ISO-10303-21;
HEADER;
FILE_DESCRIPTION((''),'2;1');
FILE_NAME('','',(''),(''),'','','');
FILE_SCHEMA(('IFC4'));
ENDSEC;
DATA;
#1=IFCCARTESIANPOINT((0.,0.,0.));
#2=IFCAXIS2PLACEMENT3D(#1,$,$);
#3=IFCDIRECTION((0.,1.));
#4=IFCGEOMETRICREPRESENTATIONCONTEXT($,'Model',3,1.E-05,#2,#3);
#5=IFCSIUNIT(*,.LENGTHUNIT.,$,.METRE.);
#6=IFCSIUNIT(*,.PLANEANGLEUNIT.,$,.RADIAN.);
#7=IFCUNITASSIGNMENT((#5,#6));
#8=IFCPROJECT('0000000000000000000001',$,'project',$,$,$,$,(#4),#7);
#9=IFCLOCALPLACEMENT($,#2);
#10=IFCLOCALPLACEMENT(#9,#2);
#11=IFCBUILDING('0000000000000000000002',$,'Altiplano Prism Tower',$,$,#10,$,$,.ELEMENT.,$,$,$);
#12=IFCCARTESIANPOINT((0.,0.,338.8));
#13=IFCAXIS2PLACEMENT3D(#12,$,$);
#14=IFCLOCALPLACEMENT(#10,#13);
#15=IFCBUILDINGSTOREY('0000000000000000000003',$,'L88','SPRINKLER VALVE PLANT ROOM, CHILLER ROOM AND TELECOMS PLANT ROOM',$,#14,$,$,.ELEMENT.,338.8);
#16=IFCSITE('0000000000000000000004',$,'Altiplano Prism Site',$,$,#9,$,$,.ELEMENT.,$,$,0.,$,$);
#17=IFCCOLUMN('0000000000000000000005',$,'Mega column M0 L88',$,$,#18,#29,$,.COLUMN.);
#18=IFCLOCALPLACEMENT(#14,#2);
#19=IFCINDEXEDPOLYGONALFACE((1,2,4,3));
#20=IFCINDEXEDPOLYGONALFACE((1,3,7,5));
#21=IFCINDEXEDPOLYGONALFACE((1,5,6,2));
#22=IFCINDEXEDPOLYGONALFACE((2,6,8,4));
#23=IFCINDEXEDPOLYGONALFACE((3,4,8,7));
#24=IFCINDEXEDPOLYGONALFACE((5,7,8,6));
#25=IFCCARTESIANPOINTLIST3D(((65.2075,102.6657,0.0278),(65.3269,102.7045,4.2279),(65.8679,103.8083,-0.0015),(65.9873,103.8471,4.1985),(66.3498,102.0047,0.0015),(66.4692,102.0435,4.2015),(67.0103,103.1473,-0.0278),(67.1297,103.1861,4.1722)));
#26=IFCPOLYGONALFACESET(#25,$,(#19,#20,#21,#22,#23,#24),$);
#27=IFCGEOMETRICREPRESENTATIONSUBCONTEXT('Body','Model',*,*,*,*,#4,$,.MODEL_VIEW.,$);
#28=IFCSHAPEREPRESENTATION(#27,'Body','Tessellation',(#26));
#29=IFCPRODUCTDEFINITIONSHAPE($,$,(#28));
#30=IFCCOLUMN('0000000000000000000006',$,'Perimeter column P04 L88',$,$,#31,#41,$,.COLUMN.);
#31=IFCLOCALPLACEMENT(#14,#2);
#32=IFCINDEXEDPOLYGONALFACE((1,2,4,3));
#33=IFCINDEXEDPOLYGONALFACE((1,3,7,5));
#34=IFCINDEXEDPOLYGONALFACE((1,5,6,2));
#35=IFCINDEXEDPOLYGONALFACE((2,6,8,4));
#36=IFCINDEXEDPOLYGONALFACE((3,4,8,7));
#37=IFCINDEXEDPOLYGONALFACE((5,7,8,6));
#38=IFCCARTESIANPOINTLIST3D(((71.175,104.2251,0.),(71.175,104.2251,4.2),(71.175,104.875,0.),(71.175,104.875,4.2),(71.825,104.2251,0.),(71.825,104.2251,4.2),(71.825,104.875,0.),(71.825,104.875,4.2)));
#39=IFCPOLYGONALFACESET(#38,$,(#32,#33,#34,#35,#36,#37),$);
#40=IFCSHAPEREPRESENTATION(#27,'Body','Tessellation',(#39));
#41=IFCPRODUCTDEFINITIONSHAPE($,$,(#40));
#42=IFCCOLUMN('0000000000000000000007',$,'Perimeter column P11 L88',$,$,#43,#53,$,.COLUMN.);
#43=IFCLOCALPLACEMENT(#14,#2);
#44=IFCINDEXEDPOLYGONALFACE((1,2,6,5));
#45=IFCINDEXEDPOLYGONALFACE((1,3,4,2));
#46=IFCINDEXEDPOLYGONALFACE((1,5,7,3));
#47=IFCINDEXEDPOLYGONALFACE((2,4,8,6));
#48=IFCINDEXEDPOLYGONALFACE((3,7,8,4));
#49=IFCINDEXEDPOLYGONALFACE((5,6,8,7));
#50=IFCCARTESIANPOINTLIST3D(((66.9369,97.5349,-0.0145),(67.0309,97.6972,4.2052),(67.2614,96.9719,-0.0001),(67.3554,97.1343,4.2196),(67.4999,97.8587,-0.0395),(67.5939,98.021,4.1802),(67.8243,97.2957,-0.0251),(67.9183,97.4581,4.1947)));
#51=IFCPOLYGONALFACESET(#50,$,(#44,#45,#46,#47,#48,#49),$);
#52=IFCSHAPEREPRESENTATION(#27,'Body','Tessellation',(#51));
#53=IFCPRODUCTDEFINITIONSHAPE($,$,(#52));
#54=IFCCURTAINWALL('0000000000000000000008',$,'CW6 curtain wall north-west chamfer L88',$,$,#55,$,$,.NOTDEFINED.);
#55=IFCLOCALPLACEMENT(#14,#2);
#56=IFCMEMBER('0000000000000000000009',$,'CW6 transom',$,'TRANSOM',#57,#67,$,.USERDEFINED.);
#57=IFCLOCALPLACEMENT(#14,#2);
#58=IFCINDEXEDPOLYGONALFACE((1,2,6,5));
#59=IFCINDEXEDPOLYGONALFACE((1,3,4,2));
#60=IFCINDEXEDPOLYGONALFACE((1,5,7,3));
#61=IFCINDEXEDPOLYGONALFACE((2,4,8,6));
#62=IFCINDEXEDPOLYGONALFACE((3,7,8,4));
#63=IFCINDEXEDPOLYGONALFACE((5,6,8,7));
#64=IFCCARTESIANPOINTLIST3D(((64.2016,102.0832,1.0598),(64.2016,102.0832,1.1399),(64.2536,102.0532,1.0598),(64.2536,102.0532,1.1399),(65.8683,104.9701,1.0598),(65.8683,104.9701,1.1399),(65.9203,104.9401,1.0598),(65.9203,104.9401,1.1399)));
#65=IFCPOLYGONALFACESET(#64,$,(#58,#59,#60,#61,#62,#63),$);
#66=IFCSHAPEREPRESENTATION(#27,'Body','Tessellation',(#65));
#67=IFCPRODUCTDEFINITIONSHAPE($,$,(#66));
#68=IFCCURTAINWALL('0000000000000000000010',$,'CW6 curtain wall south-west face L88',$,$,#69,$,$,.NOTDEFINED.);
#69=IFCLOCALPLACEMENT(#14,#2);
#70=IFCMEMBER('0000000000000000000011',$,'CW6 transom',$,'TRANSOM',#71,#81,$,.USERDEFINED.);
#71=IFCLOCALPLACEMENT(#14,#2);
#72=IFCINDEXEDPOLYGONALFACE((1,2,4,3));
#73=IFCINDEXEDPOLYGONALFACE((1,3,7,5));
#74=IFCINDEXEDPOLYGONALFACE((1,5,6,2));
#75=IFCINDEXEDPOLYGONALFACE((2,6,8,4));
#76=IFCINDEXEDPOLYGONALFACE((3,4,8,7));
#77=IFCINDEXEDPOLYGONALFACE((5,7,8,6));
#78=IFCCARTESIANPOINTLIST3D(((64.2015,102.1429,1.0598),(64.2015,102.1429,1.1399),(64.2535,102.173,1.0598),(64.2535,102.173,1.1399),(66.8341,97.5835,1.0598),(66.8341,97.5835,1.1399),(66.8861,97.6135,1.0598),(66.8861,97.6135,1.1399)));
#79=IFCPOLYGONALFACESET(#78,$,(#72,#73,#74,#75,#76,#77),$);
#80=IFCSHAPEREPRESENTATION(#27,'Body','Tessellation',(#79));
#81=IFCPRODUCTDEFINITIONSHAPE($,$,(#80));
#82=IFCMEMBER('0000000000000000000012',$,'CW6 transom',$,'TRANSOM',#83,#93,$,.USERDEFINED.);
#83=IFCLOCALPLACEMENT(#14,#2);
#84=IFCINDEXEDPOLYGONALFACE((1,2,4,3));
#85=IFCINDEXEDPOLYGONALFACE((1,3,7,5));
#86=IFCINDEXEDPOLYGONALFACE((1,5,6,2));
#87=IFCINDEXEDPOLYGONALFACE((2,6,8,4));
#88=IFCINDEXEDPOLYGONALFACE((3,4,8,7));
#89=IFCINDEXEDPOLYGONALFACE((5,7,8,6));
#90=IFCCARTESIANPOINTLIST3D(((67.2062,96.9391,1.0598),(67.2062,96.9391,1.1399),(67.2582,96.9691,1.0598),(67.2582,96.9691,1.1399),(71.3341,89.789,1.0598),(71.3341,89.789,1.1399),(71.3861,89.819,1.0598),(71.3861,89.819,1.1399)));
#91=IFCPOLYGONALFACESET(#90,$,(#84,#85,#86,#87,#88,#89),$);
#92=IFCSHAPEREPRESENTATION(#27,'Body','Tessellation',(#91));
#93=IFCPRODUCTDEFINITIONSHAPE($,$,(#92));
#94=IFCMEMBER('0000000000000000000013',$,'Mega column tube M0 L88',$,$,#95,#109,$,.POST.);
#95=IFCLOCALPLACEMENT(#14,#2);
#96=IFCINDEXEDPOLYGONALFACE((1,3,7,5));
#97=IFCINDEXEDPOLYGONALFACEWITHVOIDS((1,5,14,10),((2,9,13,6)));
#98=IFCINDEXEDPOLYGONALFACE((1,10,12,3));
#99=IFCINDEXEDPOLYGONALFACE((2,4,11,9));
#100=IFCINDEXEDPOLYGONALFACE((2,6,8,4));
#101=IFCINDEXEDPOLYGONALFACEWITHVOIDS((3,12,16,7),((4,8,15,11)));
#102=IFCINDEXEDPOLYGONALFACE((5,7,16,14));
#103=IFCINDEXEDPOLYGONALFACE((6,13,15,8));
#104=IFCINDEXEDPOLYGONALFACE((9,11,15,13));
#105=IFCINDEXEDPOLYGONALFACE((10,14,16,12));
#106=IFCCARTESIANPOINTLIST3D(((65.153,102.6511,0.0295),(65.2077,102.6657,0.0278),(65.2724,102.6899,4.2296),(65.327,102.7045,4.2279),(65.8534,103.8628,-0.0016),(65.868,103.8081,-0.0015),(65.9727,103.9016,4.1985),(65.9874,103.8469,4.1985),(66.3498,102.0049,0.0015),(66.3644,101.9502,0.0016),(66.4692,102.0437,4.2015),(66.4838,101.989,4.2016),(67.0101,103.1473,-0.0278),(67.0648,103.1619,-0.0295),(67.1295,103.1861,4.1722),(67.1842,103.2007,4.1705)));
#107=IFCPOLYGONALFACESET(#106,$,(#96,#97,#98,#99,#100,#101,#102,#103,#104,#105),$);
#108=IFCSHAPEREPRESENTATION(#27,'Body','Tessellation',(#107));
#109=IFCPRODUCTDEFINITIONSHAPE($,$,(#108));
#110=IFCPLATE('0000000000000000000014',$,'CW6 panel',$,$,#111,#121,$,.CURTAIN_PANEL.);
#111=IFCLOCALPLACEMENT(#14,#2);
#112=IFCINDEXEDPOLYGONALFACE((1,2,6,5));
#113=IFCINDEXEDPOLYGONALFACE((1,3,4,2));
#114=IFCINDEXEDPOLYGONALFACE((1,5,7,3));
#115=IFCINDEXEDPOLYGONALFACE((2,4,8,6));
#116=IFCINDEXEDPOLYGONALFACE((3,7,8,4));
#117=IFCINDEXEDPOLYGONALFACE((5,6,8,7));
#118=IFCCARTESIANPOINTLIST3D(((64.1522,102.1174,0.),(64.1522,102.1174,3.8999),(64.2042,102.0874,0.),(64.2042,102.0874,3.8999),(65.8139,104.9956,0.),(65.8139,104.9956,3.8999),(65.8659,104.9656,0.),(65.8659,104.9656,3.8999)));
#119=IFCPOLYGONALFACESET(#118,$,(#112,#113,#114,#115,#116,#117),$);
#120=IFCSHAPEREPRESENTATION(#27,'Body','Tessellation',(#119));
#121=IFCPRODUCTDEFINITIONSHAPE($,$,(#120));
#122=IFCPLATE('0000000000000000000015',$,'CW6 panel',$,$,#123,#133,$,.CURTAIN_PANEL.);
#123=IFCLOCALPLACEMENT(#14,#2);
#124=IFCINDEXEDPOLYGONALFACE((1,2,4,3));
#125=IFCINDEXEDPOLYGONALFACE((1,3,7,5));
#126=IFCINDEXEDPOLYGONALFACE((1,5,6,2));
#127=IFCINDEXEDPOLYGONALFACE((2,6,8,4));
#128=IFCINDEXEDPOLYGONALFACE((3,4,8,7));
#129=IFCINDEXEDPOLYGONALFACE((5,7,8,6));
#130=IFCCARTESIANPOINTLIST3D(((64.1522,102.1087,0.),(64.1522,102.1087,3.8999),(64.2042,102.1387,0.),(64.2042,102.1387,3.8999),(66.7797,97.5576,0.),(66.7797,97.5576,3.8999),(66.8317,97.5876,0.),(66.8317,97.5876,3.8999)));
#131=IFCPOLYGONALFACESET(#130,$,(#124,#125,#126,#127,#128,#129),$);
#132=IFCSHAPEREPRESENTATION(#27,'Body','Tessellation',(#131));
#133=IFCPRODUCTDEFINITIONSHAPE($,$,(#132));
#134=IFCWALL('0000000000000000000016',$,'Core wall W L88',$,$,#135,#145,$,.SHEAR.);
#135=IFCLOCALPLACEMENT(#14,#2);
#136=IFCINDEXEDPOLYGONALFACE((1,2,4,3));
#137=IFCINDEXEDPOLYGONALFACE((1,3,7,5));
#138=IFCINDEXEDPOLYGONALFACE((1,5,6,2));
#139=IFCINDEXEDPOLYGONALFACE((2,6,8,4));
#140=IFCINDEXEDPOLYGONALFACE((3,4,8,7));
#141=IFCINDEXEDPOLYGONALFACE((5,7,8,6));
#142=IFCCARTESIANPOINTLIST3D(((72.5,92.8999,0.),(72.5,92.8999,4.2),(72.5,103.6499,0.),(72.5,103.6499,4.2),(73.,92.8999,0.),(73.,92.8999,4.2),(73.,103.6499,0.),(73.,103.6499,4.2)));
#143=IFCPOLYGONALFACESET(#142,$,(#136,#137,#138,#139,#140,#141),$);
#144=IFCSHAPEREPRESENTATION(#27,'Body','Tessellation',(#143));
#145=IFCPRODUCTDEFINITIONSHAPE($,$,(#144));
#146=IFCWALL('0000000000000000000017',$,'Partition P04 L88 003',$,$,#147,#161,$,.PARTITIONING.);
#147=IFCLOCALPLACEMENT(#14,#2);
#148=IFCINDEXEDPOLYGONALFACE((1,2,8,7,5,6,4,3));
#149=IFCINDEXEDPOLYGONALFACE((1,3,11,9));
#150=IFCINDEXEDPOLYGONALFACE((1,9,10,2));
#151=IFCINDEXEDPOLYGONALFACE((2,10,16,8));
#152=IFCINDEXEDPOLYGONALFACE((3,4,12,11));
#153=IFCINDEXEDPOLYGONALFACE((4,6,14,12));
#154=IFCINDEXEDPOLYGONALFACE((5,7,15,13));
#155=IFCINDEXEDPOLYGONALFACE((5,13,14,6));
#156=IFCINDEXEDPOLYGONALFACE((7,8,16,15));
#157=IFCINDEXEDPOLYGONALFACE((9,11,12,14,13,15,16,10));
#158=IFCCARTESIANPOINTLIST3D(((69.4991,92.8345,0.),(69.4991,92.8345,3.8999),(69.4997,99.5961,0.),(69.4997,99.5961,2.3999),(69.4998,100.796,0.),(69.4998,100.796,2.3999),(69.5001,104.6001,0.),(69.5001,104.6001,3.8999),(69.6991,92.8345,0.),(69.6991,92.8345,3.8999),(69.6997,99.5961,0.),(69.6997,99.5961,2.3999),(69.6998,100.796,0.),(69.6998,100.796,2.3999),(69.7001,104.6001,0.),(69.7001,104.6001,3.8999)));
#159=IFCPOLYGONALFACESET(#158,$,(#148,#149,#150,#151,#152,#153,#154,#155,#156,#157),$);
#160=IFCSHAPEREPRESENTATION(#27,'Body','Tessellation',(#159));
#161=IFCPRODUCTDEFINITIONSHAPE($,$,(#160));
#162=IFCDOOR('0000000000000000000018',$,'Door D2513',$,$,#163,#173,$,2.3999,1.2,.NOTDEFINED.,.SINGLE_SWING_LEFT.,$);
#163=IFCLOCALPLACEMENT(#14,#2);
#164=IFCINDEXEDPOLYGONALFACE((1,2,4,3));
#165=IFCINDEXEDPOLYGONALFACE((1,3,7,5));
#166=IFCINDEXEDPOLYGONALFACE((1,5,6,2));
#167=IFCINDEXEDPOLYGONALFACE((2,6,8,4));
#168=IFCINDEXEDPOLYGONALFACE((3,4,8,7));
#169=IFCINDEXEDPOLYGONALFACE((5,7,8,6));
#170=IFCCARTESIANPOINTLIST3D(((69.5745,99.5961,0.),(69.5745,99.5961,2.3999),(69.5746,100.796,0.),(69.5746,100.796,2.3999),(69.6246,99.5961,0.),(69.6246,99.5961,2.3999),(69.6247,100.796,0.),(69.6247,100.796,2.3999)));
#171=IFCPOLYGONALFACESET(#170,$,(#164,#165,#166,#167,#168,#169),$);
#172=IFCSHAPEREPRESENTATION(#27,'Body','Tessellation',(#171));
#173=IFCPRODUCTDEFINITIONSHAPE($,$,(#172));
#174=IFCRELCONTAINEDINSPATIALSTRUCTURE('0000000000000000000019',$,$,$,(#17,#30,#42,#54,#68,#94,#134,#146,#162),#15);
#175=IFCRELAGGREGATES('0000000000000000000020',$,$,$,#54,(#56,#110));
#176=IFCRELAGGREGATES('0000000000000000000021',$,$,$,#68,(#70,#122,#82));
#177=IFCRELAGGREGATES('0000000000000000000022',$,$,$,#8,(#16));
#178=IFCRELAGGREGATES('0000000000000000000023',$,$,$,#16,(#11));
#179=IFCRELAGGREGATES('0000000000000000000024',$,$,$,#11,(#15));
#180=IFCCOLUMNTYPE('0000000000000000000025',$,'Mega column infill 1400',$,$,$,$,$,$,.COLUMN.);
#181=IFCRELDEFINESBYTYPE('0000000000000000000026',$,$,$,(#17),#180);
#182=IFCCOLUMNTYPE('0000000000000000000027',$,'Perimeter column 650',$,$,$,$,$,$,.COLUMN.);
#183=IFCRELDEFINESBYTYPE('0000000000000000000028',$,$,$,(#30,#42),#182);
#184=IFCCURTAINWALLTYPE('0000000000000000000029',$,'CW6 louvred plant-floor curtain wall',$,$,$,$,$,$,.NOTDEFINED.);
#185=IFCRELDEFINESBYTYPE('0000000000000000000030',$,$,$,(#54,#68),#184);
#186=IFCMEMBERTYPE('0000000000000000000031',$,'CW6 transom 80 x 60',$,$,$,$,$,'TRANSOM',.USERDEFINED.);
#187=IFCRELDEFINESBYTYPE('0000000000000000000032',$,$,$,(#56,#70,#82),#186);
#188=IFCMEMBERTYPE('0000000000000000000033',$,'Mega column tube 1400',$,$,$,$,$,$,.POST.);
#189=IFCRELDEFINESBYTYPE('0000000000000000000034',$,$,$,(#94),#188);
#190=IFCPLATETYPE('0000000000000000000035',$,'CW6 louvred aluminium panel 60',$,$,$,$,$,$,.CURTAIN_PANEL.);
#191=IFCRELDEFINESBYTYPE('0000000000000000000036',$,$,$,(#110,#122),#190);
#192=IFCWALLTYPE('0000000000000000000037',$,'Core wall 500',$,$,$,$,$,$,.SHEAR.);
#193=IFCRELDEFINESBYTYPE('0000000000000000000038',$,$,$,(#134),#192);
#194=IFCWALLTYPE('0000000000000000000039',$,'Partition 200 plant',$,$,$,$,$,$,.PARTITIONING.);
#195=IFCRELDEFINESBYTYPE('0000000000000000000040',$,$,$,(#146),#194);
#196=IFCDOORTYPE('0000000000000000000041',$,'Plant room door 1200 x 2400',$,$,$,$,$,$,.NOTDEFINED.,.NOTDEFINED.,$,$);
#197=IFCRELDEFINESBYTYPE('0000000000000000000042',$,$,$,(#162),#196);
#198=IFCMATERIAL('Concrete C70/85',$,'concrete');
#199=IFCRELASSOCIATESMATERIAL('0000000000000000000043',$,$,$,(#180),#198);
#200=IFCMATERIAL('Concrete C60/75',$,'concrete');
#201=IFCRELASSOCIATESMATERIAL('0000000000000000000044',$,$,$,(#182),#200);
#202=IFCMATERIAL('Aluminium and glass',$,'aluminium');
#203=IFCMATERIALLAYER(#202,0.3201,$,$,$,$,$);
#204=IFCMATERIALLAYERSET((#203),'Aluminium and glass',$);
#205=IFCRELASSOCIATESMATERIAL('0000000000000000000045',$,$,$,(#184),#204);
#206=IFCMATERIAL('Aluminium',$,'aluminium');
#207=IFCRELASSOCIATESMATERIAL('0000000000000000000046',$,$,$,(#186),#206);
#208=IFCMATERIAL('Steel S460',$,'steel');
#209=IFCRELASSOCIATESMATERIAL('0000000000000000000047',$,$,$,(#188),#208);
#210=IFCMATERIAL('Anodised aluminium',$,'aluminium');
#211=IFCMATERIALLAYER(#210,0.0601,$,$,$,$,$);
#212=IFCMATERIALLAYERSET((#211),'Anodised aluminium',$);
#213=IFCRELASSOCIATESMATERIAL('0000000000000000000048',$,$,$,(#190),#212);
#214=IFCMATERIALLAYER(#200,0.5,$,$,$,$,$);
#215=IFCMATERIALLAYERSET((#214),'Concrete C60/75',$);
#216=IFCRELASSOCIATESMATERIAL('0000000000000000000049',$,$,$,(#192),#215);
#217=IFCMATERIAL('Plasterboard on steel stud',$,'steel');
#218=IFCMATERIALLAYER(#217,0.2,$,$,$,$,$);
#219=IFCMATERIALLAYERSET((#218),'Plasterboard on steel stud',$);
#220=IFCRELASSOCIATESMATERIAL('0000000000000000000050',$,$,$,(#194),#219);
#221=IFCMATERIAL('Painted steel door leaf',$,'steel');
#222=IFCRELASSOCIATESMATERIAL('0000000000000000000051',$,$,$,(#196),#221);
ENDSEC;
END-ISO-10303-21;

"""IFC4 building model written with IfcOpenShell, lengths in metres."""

from ifc_helpers import new_model, si_unit, direction, frame, frame_2d, origin, origin_2d, place, context, subcontext, project, spatial, rectangle, hollow_rectangle, extrude, material, layer, layer_set, material_profile, profile_set, type_object, element, fill, aggregate, save


model = new_model("IFC4")

# Units and contexts
model_context = context("Model", 3, precision=1e-05, world=origin(), true_north=direction((0.0, 1.0)))
body_context = subcontext(model_context, "Body", "Model", "MODEL_VIEW")
ifc_project = project(units=[si_unit("LENGTHUNIT", "METRE"), si_unit("PLANEANGLEUNIT", "RADIAN")], contexts=[model_context])

# Site, building, storey
site_placement = place(None, origin())
site = spatial("IfcSite", under=ifc_project, at=site_placement, Name="Altiplano Prism Site", CompositionType="ELEMENT", RefElevation=0.0)
building_placement = place(site_placement, origin())
building = spatial("IfcBuilding", under=site, at=building_placement, Name="Altiplano Prism Tower", CompositionType="ELEMENT")
storey_placement = place(building_placement, frame((0.0, 0.0, 338.8)))
storey = spatial("IfcBuildingStorey", under=building, at=storey_placement, Name="L88", Description="SPRINKLER VALVE PLANT ROOM, CHILLER ROOM AND TELECOMS PLANT ROOM", CompositionType="ELEMENT", Elevation=338.8)

# Columns
ifc_material_1 = material(Name="Concrete C70/85", Category="concrete")
ifc_material_profile_1 = material_profile(ifc_material_1, rectangle(XDim=1.3201, YDim=1.3201, at=origin_2d()), Name="Mega column infill 1400")
ifc_profile_set_1 = profile_set([ifc_material_profile_1], Name="Concrete C70/85")
column_type_1 = type_object("IfcColumnType", Name="Mega column infill 1400", PredefinedType="COLUMN", material=ifc_profile_set_1)
column_1_placement = place(storey_placement, frame((66.1089, 102.9065, 0.0), z_axis=(0.028413, 0.009238, 0.999554), x_axis=(-0.86538, 0.500719, 0.019971)))
element("IfcColumn", 1, at=column_1_placement, inside=storey, type_object=column_type_1, Name="Mega column M0 L88", PredefinedType="COLUMN", context=body_context, shape_type="SweptSolid", body=[
    extrude(rectangle(XDim=1.3201, YDim=1.3201, at=origin_2d()), origin(), (0.0, 0.0, 1.0), 4.2019),
])
ifc_material_2 = material(Name="Concrete C60/75", Category="concrete")
ifc_material_profile_2 = material_profile(ifc_material_2, rectangle(XDim=0.6499, YDim=0.6499, at=origin_2d()), Name="Perimeter column 650")
ifc_profile_set_2 = profile_set([ifc_material_profile_2], Name="Concrete C60/75")
column_type_2 = type_object("IfcColumnType", Name="Perimeter column 650", PredefinedType="COLUMN", material=ifc_profile_set_2)
column_2_placement = place(storey_placement, frame((71.5, 104.55, 0.0), z_axis=(0.0, 0.0, 1.0), x_axis=(1.0, 0.0, 0.0)))
element("IfcColumn", 2, at=column_2_placement, inside=storey, type_object=column_type_2, Name="Perimeter column P04 L88", PredefinedType="COLUMN", context=body_context, shape_type="SweptSolid", body=[
    extrude(rectangle(XDim=0.6499, YDim=0.6499, at=origin_2d()), origin(), (0.0, 0.0, 1.0), 4.2),
])
column_3_placement = place(storey_placement, frame((67.3806, 97.4153, -0.0198), z_axis=(0.022253, 0.038437, 0.999013), x_axis=(-0.866196, -0.498221, 0.038463)))
element("IfcColumn", 3, at=column_3_placement, inside=storey, type_object=column_type_2, Name="Perimeter column P11 L88", PredefinedType="COLUMN", context=body_context, shape_type="SweptSolid", body=[
    extrude(rectangle(XDim=0.6499, YDim=0.6499, at=origin_2d()), origin(), (0.0, 0.0, 1.0), 4.2239),
])

# Curtain wall, member
ifc_material_3 = material(Name="Aluminium and glass", Category="aluminium")
ifc_layer_1 = layer(ifc_material_3, 0.3201)
ifc_layer_set_1 = layer_set([ifc_layer_1], Name="Aluminium and glass")
curtain_wall_type = type_object("IfcCurtainWallType", Name="CW6 louvred plant-floor curtain wall", PredefinedType="NOTDEFINED", material=ifc_layer_set_1)
curtain_wall_1_placement = place(storey_placement, origin())
curtain_wall_1 = element("IfcCurtainWall", 4, at=curtain_wall_1_placement, inside=storey, type_object=curtain_wall_type, Name="CW6 curtain wall north-west chamfer L88", PredefinedType="NOTDEFINED")
ifc_material_4 = material(Name="Aluminium", Category="aluminium")
ifc_material_profile_3 = material_profile(ifc_material_4, rectangle(XDim=0.0601, YDim=0.0801, at=origin_2d()), Name="CW6 transom 80 x 60")
ifc_profile_set_3 = profile_set([ifc_material_profile_3], Name="Aluminium")
member_type_1 = type_object("IfcMemberType", Name="CW6 transom 80 x 60", ElementType="TRANSOM", PredefinedType="USERDEFINED", material=ifc_profile_set_3)
member_1_placement = place(storey_placement, frame((65.8943, 104.9551, 1.0999), z_axis=(-0.499991, -0.866031, 0.0), x_axis=(0.866031, -0.499991, 0.0)))
member_1 = element("IfcMember", 5, at=member_1_placement, type_object=member_type_1, Name="CW6 transom", ObjectType="TRANSOM", PredefinedType="USERDEFINED", context=body_context, shape_type="SweptSolid", body=[
    extrude(rectangle(XDim=0.0601, YDim=0.0801, at=origin_2d()), origin(), (0.0, 0.0, 1.0), 3.3335),
])

# Curtain wall, members
curtain_wall_2_placement = place(storey_placement, origin())
curtain_wall_2 = element("IfcCurtainWall", 6, at=curtain_wall_2_placement, inside=storey, type_object=curtain_wall_type, Name="CW6 curtain wall south-west face L88", PredefinedType="NOTDEFINED")
member_2_placement = place(storey_placement, frame((64.2275, 102.158, 1.0999), z_axis=(0.500014, -0.866017, 0.0), x_axis=(0.866017, 0.500014, 0.0)))
member_2 = element("IfcMember", 7, at=member_2_placement, type_object=member_type_1, Name="CW6 transom", ObjectType="TRANSOM", PredefinedType="USERDEFINED", context=body_context, shape_type="SweptSolid", body=[
    extrude(rectangle(XDim=0.0601, YDim=0.0801, at=origin_2d()), origin(), (0.0, 0.0, 1.0), 5.2649),
])
member_3_placement = place(storey_placement, frame((67.2322, 96.9541, 1.0999), z_axis=(0.499981, -0.866036, 0.0), x_axis=(0.866036, 0.499981, 0.0)))
member_3 = element("IfcMember", 8, at=member_3_placement, type_object=member_type_1, Name="CW6 transom", ObjectType="TRANSOM", PredefinedType="USERDEFINED", context=body_context, shape_type="SweptSolid", body=[
    extrude(rectangle(XDim=0.0601, YDim=0.0801, at=origin_2d()), origin(), (0.0, 0.0, 1.0), 8.2561),
])

# Member
ifc_material_5 = material(Name="Steel S460", Category="steel")
ifc_material_profile_4 = material_profile(ifc_material_5, hollow_rectangle(XDim=1.3999, YDim=1.3999, WallThickness=0.04, at=origin_2d()), Name="Mega column tube 1400")
ifc_profile_set_4 = profile_set([ifc_material_profile_4], Name="Steel S460")
member_type_2 = type_object("IfcMemberType", Name="Mega column tube 1400", PredefinedType="POST", material=ifc_profile_set_4)
member_4_placement = place(storey_placement, frame((66.1089, 102.9065, 0.0), z_axis=(0.028413, 0.009238, 0.999554), x_axis=(-0.86538, 0.500719, 0.019971)))
element("IfcMember", 9, at=member_4_placement, inside=storey, type_object=member_type_2, Name="Mega column tube M0 L88", PredefinedType="POST", context=body_context, shape_type="SweptSolid", body=[
    extrude(hollow_rectangle(XDim=1.3999, YDim=1.3999, WallThickness=0.04, at=origin_2d()), origin(), (0.0, 0.0, 1.0), 4.2019),
])

# Plates
ifc_material_6 = material(Name="Anodised aluminium", Category="aluminium")
ifc_layer_2 = layer(ifc_material_6, 0.0601)
ifc_layer_set_2 = layer_set([ifc_layer_2], Name="Anodised aluminium")
plate_type = type_object("IfcPlateType", Name="CW6 louvred aluminium panel 60", PredefinedType="CURTAIN_PANEL", material=ifc_layer_set_2)
plate_1_placement = place(storey_placement, frame((65.009, 103.5415, 0.0), z_axis=(0.0, 0.0, 1.0), x_axis=(-0.5, -0.866025, 0.0)))
plate_1 = element("IfcPlate", 10, at=plate_1_placement, type_object=plate_type, Name="CW6 panel", PredefinedType="CURTAIN_PANEL", context=body_context, shape_type="SweptSolid", body=[
    extrude(rectangle(XDim=3.3235, YDim=0.0601, at=origin_2d()), origin(), (0.0, 0.0, 1.0), 3.8999),
])
aggregate(curtain_wall_1, [member_1, plate_1])
plate_2_placement = place(storey_placement, frame((65.4919, 99.8481, 0.0), z_axis=(0.0, 0.0, 1.0), x_axis=(0.5, -0.866025, 0.0)))
plate_2 = element("IfcPlate", 11, at=plate_2_placement, type_object=plate_type, Name="CW6 panel", PredefinedType="CURTAIN_PANEL", context=body_context, shape_type="SweptSolid", body=[
    extrude(rectangle(XDim=5.2551, YDim=0.0601, at=origin_2d()), origin(), (0.0, 0.0, 1.0), 3.8999),
])
aggregate(curtain_wall_2, [member_2, plate_2, member_3])

# Wall
ifc_layer_3 = layer(ifc_material_2, 0.5)
ifc_layer_set_3 = layer_set([ifc_layer_3], Name="Concrete C60/75")
wall_type_1 = type_object("IfcWallType", Name="Core wall 500", PredefinedType="SHEAR", material=ifc_layer_set_3)
wall_1_placement = place(storey_placement, frame((72.75, 103.6499, 0.0), z_axis=(0.0, 0.0, 1.0), x_axis=(0.0, -1.0, 0.0)))
element("IfcWall", 12, at=wall_1_placement, inside=storey, type_object=wall_type_1, Name="Core wall W L88", PredefinedType="SHEAR", context=body_context, shape_type="SweptSolid", body=[
    extrude(rectangle(XDim=10.75, YDim=0.5, at=frame_2d((5.375, 0.0))), origin(), (0.0, 0.0, 1.0), 4.2),
])

# Wall, opening, door
ifc_material_7 = material(Name="Plasterboard on steel stud", Category="steel")
ifc_layer_4 = layer(ifc_material_7, 0.2)
ifc_layer_set_4 = layer_set([ifc_layer_4], Name="Plasterboard on steel stud")
wall_type_2 = type_object("IfcWallType", Name="Partition 200 plant", PredefinedType="PARTITIONING", material=ifc_layer_set_4)
wall_2_placement = place(storey_placement, frame((69.6001, 104.6001, 0.0), z_axis=(0.0, 0.0, 1.0), x_axis=(-0.000083, -1.0, 0.0)))
wall_2 = element("IfcWall", 13, at=wall_2_placement, inside=storey, type_object=wall_type_2, Name="Partition P04 L88 003", PredefinedType="PARTITIONING", context=body_context, shape_type="SweptSolid", body=[
    extrude(rectangle(XDim=11.7656, YDim=0.2, at=frame_2d((5.8828, 0.0))), origin(), (0.0, 0.0, 1.0), 3.8999),
])
opening_placement = place(wall_2_placement, frame((3.804, 0.0, 0.0)))
opening = element("IfcOpeningElement", 14, at=opening_placement, cuts=wall_2, PredefinedType="OPENING", context=body_context, shape_type="SweptSolid", body=[
    extrude(rectangle(XDim=1.2, YDim=2.3999, at=frame_2d((0.6001, 1.2))), frame((0.0, 0.1104, 0.0), z_axis=(0.0, -1.0, 0.0), x_axis=(1.0, 0.0, 0.0)), (0.0, 0.0, 1.0), 0.2209),
])
ifc_material_8 = material(Name="Painted steel door leaf", Category="steel")
door_type = type_object("IfcDoorType", Name="Plant room door 1200 x 2400", OperationType="NOTDEFINED", PredefinedType="NOTDEFINED", material=ifc_material_8)
door_placement = place(opening_placement, origin())
door = element("IfcDoor", 15, at=door_placement, inside=storey, type_object=door_type, Name="Door D2513", OperationType="SINGLE_SWING_LEFT", OverallHeight=2.3999, OverallWidth=1.2, PredefinedType="NOTDEFINED", context=body_context, shape_type="SweptSolid", body=[
    extrude(rectangle(XDim=1.2, YDim=2.3999, at=frame_2d((0.6001, 1.2))), frame((0.0, 0.0249, 0.0), z_axis=(0.0, -1.0, 0.0), x_axis=(1.0, 0.0, 0.0)), (0.0, 0.0, 1.0), 0.05),
])
fill(opening, door)

save(model, "model.ifc")
